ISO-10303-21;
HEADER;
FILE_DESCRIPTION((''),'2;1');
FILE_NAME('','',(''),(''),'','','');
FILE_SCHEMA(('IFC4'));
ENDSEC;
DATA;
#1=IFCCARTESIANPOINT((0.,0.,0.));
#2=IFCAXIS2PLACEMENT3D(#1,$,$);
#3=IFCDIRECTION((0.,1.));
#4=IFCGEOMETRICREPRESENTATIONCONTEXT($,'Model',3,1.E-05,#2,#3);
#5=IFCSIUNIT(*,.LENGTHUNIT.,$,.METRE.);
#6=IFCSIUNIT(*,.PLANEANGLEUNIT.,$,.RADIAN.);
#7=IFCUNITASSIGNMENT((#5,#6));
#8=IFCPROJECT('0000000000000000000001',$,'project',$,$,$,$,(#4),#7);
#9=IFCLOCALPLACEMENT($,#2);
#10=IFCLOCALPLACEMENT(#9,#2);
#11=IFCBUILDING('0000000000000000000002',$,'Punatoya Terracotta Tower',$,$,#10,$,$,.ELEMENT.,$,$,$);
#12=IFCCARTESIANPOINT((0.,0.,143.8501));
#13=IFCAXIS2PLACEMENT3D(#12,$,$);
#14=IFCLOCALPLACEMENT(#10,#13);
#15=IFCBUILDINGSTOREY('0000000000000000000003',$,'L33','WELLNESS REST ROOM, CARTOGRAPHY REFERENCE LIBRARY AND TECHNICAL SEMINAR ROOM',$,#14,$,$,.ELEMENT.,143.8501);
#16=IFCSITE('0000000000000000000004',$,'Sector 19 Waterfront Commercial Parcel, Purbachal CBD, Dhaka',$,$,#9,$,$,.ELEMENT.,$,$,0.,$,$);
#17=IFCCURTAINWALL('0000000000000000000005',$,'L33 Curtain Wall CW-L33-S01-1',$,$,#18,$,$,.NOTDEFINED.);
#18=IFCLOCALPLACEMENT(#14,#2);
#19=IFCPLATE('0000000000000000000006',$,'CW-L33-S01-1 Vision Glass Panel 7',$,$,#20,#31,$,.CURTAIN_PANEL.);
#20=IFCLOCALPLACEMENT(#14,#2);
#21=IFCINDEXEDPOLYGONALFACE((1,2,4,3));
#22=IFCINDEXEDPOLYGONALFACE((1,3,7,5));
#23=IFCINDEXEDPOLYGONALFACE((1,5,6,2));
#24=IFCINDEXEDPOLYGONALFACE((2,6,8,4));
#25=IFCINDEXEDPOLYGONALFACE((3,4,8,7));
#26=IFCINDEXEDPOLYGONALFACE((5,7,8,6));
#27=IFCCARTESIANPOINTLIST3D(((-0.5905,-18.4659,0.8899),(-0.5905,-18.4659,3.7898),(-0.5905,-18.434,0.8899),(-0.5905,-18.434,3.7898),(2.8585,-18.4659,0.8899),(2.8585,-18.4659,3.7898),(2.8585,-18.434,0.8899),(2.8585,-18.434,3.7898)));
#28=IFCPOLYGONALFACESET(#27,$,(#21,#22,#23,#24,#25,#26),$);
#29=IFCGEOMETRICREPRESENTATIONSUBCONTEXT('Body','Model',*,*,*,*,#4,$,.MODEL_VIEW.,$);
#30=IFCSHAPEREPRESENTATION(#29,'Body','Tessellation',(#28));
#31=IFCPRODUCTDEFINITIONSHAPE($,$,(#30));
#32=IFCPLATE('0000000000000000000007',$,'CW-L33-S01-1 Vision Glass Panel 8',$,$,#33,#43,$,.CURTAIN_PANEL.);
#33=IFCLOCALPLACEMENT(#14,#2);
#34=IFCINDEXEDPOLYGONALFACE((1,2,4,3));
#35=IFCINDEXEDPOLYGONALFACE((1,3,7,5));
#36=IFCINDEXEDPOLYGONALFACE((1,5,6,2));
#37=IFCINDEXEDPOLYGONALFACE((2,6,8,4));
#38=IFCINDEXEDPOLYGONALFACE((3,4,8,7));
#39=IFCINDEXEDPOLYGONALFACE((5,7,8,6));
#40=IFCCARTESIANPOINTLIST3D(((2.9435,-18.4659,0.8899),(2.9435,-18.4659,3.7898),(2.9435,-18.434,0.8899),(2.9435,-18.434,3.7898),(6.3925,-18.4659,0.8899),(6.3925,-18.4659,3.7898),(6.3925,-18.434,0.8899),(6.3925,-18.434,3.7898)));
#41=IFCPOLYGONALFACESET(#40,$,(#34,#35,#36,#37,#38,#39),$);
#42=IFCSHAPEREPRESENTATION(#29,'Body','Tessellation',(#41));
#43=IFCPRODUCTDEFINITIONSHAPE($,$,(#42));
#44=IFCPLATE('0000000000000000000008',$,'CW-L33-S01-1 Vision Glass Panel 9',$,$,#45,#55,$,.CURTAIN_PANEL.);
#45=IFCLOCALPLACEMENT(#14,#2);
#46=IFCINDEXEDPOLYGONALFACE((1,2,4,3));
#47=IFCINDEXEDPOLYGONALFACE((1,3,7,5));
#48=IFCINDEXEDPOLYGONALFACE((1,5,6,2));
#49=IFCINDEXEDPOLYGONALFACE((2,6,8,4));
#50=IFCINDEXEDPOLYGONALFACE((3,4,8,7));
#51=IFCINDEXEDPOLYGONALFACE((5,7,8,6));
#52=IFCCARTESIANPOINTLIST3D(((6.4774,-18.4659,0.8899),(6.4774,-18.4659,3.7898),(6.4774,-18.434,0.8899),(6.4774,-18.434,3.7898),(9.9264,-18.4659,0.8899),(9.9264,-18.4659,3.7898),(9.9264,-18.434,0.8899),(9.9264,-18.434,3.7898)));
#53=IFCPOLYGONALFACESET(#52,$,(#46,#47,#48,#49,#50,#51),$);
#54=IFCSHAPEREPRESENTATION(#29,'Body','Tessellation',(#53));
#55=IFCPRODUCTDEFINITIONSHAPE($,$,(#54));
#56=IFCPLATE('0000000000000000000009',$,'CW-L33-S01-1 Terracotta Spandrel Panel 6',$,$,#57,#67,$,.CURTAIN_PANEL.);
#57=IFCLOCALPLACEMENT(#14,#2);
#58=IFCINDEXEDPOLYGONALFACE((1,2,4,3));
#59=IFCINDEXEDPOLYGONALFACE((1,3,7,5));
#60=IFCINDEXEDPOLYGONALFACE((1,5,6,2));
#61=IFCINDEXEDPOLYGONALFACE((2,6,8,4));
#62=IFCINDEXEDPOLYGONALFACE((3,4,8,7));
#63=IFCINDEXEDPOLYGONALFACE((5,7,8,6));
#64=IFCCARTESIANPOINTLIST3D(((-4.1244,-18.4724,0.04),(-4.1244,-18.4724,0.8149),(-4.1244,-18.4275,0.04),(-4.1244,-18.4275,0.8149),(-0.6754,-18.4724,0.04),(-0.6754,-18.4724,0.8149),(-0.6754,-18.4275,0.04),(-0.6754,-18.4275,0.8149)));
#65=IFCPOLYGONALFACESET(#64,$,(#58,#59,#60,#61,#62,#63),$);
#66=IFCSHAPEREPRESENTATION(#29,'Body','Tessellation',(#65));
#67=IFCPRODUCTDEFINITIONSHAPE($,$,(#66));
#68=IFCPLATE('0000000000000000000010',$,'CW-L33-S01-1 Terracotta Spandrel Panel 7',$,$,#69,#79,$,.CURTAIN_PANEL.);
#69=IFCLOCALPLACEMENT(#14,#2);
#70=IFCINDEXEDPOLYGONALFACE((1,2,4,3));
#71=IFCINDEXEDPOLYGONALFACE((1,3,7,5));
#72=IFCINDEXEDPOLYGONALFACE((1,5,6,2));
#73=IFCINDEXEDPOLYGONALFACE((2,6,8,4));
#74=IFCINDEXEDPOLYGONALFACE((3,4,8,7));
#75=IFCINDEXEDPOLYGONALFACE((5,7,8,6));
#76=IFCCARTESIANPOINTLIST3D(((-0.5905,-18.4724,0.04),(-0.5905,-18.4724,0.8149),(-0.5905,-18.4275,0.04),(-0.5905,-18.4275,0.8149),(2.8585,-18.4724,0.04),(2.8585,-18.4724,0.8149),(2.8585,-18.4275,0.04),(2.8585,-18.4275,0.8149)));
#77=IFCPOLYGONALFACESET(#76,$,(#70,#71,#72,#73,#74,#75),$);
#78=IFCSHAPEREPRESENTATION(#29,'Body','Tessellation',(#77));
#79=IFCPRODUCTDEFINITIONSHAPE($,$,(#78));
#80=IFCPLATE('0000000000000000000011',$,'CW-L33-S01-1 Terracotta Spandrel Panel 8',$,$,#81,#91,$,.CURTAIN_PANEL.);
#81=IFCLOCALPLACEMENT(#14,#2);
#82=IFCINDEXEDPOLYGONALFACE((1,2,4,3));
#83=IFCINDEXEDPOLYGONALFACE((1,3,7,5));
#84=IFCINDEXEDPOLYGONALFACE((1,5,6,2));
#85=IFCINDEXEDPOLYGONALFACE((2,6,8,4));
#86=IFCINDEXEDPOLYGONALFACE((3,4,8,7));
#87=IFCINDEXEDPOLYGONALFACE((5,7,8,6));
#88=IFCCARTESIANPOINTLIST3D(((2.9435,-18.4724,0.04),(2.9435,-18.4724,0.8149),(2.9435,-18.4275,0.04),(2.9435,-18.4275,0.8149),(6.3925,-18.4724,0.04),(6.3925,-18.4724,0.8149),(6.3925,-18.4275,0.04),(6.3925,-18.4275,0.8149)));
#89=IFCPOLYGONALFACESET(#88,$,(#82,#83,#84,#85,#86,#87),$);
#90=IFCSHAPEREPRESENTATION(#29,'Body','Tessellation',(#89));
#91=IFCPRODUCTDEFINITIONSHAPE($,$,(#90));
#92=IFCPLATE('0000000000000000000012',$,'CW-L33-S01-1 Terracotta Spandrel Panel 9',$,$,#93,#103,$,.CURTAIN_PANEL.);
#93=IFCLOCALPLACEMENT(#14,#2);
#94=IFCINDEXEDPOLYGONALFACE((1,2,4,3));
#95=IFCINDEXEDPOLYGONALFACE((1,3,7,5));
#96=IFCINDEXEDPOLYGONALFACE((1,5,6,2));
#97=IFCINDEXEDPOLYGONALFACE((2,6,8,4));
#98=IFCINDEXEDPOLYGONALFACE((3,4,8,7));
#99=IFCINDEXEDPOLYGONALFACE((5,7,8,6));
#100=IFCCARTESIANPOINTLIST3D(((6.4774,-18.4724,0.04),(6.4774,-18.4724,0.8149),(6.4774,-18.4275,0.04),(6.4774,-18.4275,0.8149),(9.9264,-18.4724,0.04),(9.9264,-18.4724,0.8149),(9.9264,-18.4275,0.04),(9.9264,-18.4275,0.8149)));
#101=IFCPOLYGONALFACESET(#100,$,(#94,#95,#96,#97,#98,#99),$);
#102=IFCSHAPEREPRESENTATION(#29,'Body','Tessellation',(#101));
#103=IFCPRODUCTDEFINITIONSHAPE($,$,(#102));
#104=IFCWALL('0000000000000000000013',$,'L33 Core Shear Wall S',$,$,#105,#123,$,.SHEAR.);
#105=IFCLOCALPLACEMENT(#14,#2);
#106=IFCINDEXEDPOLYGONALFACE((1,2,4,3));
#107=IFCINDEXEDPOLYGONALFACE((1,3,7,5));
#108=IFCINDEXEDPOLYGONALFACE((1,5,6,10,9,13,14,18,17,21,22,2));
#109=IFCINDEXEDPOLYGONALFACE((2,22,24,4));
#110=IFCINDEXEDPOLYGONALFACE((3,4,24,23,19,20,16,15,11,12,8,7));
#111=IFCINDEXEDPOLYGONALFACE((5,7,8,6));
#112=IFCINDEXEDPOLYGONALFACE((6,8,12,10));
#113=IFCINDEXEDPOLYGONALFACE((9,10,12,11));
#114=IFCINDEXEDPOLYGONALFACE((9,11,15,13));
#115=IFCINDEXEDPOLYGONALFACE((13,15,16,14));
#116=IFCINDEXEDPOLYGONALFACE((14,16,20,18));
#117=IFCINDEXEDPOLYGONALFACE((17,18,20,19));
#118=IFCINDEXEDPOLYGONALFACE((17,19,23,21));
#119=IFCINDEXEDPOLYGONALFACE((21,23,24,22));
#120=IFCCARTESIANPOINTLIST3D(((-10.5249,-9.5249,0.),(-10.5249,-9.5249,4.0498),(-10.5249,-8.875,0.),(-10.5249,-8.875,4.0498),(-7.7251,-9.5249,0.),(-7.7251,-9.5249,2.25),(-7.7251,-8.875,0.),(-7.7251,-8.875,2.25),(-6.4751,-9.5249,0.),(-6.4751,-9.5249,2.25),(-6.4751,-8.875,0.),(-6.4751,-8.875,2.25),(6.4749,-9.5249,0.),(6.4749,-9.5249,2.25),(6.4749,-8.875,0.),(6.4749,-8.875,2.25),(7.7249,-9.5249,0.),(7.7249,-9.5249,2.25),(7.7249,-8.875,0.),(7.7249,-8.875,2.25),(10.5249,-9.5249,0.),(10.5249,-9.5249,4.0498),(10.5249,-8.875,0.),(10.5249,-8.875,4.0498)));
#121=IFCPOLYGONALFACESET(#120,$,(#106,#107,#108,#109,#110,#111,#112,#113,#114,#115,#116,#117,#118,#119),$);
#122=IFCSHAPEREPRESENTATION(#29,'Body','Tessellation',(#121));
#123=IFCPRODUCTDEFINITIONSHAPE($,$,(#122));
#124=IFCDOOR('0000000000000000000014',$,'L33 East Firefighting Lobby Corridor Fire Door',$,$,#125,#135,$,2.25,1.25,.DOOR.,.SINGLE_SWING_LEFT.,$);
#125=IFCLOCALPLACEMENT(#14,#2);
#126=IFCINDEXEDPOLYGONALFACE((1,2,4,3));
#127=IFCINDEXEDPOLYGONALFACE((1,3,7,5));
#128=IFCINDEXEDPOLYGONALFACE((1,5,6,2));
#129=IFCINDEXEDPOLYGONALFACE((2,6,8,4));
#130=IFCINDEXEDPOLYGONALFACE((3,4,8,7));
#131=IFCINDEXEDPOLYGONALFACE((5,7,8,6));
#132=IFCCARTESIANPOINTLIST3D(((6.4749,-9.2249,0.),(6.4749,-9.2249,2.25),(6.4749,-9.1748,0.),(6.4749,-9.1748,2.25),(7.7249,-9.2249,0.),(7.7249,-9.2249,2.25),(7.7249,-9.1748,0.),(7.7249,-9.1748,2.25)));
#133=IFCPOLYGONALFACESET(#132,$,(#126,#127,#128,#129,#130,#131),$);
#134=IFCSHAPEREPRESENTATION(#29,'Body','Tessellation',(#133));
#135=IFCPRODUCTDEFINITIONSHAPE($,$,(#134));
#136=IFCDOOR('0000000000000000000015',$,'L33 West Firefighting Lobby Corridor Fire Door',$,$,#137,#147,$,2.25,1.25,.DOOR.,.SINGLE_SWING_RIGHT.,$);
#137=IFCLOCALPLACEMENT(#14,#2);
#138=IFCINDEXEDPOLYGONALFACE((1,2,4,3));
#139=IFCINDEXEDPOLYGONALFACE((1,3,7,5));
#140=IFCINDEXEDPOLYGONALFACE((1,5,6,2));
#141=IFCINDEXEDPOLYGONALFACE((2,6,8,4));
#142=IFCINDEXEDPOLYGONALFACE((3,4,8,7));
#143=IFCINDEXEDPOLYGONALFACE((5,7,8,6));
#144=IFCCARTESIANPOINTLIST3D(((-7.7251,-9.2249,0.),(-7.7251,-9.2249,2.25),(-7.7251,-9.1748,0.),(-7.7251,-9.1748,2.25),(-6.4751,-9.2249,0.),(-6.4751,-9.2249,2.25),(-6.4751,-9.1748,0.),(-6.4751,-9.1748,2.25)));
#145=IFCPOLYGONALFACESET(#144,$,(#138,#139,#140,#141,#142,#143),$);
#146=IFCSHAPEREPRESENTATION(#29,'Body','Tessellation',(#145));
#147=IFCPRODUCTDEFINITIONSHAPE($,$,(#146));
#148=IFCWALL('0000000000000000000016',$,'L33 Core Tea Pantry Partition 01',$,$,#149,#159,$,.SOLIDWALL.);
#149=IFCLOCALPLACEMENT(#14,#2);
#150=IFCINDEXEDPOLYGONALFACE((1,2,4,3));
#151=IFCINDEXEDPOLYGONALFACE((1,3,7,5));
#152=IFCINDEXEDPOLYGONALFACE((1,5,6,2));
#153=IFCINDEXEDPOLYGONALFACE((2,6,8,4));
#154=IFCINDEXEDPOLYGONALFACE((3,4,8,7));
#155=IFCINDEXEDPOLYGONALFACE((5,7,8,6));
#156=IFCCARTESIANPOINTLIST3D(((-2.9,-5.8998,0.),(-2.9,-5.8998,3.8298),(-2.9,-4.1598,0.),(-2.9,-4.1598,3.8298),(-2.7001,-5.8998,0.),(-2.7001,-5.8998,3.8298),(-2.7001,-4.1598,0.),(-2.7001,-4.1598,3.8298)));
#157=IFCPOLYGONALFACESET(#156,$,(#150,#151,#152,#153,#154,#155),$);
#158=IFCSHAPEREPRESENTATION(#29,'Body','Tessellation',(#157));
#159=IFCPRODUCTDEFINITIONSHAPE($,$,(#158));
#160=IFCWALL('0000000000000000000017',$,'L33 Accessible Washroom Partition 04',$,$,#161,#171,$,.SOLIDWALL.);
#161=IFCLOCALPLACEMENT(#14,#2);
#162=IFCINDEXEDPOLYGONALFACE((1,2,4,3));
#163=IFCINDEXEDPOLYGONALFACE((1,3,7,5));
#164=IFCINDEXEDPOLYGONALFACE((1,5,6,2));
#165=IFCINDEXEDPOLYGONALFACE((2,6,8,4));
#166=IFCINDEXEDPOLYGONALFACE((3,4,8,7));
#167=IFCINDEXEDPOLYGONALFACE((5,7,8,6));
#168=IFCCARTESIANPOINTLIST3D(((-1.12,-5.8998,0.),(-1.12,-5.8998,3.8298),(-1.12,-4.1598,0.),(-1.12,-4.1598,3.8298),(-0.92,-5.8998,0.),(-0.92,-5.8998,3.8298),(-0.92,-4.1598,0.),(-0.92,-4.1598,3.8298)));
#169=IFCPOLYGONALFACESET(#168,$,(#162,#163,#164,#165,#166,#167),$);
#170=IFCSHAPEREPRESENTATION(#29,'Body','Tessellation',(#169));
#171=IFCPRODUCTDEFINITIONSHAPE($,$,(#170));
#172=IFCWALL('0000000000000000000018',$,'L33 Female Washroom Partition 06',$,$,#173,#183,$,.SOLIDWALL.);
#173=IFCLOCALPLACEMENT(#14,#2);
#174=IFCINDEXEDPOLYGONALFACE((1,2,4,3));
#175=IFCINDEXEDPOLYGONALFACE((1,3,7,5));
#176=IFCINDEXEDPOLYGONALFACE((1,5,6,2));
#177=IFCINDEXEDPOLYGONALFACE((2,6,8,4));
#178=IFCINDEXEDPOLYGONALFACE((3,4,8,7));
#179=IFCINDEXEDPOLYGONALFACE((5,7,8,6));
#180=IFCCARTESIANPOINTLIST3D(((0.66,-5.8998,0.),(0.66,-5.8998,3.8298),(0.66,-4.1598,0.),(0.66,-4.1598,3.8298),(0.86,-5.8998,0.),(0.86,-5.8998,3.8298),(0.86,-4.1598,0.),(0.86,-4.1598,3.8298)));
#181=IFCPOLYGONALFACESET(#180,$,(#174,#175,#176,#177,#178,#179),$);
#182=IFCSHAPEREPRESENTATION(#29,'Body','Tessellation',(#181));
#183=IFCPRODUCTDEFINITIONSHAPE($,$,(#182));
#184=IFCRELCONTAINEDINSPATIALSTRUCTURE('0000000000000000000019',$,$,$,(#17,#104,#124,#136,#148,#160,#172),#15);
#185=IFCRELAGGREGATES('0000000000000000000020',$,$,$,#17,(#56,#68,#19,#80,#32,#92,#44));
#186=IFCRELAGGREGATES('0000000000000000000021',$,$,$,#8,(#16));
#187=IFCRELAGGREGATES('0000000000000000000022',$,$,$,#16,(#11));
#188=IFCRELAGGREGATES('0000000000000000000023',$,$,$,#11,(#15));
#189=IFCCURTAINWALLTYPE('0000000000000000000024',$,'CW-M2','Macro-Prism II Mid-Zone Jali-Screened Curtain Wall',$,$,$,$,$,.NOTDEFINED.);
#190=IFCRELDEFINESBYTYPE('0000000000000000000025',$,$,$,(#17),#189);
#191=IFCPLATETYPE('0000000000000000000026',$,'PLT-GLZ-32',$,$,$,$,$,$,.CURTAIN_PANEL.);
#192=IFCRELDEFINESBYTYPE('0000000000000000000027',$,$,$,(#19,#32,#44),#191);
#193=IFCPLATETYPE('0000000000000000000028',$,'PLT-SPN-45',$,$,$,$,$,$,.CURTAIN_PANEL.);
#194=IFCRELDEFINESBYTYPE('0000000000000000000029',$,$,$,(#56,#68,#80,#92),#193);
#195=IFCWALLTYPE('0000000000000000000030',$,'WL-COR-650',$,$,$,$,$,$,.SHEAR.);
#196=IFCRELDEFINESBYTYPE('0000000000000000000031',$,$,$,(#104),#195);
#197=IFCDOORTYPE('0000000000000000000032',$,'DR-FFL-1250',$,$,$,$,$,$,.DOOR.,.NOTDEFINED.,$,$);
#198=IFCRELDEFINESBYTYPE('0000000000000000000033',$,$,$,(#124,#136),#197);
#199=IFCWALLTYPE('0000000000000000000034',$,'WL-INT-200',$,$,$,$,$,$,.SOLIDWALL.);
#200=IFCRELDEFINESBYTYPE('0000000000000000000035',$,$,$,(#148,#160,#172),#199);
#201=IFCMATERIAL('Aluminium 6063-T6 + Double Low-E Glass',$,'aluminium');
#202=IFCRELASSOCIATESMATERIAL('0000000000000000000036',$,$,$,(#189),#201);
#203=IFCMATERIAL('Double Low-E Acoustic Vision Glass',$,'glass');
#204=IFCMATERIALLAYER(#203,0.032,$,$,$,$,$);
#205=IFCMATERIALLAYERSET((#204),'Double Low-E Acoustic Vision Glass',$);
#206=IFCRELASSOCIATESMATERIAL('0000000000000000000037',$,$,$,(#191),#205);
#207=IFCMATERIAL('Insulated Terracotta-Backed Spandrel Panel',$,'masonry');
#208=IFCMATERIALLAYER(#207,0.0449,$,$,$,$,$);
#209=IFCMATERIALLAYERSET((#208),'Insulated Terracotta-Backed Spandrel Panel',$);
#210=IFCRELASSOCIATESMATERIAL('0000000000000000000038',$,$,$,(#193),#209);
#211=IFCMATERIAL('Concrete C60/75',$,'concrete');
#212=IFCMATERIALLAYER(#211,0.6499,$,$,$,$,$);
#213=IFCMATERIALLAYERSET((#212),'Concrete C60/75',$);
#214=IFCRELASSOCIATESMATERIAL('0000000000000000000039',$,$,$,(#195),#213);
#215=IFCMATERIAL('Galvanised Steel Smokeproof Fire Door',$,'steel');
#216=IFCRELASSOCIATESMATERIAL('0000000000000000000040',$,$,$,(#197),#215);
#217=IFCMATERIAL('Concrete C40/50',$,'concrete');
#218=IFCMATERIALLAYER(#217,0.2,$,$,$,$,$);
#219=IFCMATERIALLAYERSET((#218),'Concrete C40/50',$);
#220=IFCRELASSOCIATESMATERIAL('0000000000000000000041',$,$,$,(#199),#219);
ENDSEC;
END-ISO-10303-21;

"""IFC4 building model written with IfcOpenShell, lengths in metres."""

from ifc_helpers import new_model, si_unit, direction, frame, frame_2d, origin, origin_2d, place, context, subcontext, project, spatial, rectangle, extrude, material, layer, layer_set, type_object, element, fill, aggregate, save


model = new_model("IFC4")

# Units and contexts
model_context = context("Model", 3, precision=1e-05, world=origin(), true_north=direction((0.0, 1.0)))
body_context = subcontext(model_context, "Body", "Model", "MODEL_VIEW")
ifc_project = project(units=[si_unit("LENGTHUNIT", "METRE"), si_unit("PLANEANGLEUNIT", "RADIAN")], contexts=[model_context])

# Site, building, storey
site_placement = place(None, origin())
site = spatial("IfcSite", under=ifc_project, at=site_placement, Name="Sector 19 Waterfront Commercial Parcel, Purbachal CBD, Dhaka", CompositionType="ELEMENT", RefElevation=0.0)
building_placement = place(site_placement, origin())
building = spatial("IfcBuilding", under=site, at=building_placement, Name="Punatoya Terracotta Tower", CompositionType="ELEMENT")
storey_placement = place(building_placement, frame((0.0, 0.0, 143.8501)))
storey = spatial("IfcBuildingStorey", under=building, at=storey_placement, Name="L33", Description="WELLNESS REST ROOM, CARTOGRAPHY REFERENCE LIBRARY AND TECHNICAL SEMINAR ROOM", CompositionType="ELEMENT", Elevation=143.8501)

# Curtain wall, plates
ifc_material_1 = material(Name="Aluminium 6063-T6 + Double Low-E Glass", Category="aluminium")
curtain_wall_type = type_object("IfcCurtainWallType", Name="CW-M2", Description="Macro-Prism II Mid-Zone Jali-Screened Curtain Wall", PredefinedType="NOTDEFINED", material=ifc_material_1)
curtain_wall_placement = place(storey_placement, origin())
curtain_wall = element("IfcCurtainWall", 1, at=curtain_wall_placement, inside=storey, type_object=curtain_wall_type, Name="L33 Curtain Wall CW-L33-S01-1", PredefinedType="NOTDEFINED")
ifc_material_2 = material(Name="Double Low-E Acoustic Vision Glass", Category="glass")
ifc_layer_1 = layer(ifc_material_2, 0.032)
ifc_layer_set_1 = layer_set([ifc_layer_1], Name="Double Low-E Acoustic Vision Glass")
plate_type_1 = type_object("IfcPlateType", Name="PLT-GLZ-32", PredefinedType="CURTAIN_PANEL", material=ifc_layer_set_1)
plate_1_placement = place(storey_placement, frame((1.134, -18.45, 0.8899), z_axis=(0.0, 0.0, 1.0), x_axis=(1.0, 0.0, 0.0)))
plate_1 = element("IfcPlate", 2, at=plate_1_placement, type_object=plate_type_1, Name="CW-L33-S01-1 Vision Glass Panel 7", PredefinedType="CURTAIN_PANEL", context=body_context, shape_type="SweptSolid", body=[
    extrude(rectangle(XDim=3.449, YDim=0.032, at=origin_2d()), origin(), (0.0, 0.0, 1.0), 2.8999),
])
plate_2_placement = place(storey_placement, frame((4.668, -18.45, 0.8899), z_axis=(0.0, 0.0, 1.0), x_axis=(1.0, 0.0, 0.0)))
plate_2 = element("IfcPlate", 3, at=plate_2_placement, type_object=plate_type_1, Name="CW-L33-S01-1 Vision Glass Panel 8", PredefinedType="CURTAIN_PANEL", context=body_context, shape_type="SweptSolid", body=[
    extrude(rectangle(XDim=3.449, YDim=0.032, at=origin_2d()), origin(), (0.0, 0.0, 1.0), 2.8999),
])
plate_3_placement = place(storey_placement, frame((8.2019, -18.45, 0.8899), z_axis=(0.0, 0.0, 1.0), x_axis=(1.0, 0.0, 0.0)))
plate_3 = element("IfcPlate", 4, at=plate_3_placement, type_object=plate_type_1, Name="CW-L33-S01-1 Vision Glass Panel 9", PredefinedType="CURTAIN_PANEL", context=body_context, shape_type="SweptSolid", body=[
    extrude(rectangle(XDim=3.449, YDim=0.032, at=origin_2d()), origin(), (0.0, 0.0, 1.0), 2.8999),
])
ifc_material_3 = material(Name="Insulated Terracotta-Backed Spandrel Panel", Category="masonry")
ifc_layer_2 = layer(ifc_material_3, 0.0449)
ifc_layer_set_2 = layer_set([ifc_layer_2], Name="Insulated Terracotta-Backed Spandrel Panel")
plate_type_2 = type_object("IfcPlateType", Name="PLT-SPN-45", PredefinedType="CURTAIN_PANEL", material=ifc_layer_set_2)
plate_4_placement = place(storey_placement, frame((-2.3999, -18.45, 0.04), z_axis=(0.0, 0.0, 1.0), x_axis=(1.0, 0.0, 0.0)))
plate_4 = element("IfcPlate", 5, at=plate_4_placement, type_object=plate_type_2, Name="CW-L33-S01-1 Terracotta Spandrel Panel 6", PredefinedType="CURTAIN_PANEL", context=body_context, shape_type="SweptSolid", body=[
    extrude(rectangle(XDim=3.449, YDim=0.0449, at=origin_2d()), origin(), (0.0, 0.0, 1.0), 0.7749),
])
plate_5_placement = place(storey_placement, frame((1.134, -18.45, 0.04), z_axis=(0.0, 0.0, 1.0), x_axis=(1.0, 0.0, 0.0)))
plate_5 = element("IfcPlate", 6, at=plate_5_placement, type_object=plate_type_2, Name="CW-L33-S01-1 Terracotta Spandrel Panel 7", PredefinedType="CURTAIN_PANEL", context=body_context, shape_type="SweptSolid", body=[
    extrude(rectangle(XDim=3.449, YDim=0.0449, at=origin_2d()), origin(), (0.0, 0.0, 1.0), 0.7749),
])
plate_6_placement = place(storey_placement, frame((4.668, -18.45, 0.04), z_axis=(0.0, 0.0, 1.0), x_axis=(1.0, 0.0, 0.0)))
plate_6 = element("IfcPlate", 7, at=plate_6_placement, type_object=plate_type_2, Name="CW-L33-S01-1 Terracotta Spandrel Panel 8", PredefinedType="CURTAIN_PANEL", context=body_context, shape_type="SweptSolid", body=[
    extrude(rectangle(XDim=3.449, YDim=0.0449, at=origin_2d()), origin(), (0.0, 0.0, 1.0), 0.7749),
])
plate_7_placement = place(storey_placement, frame((8.2019, -18.45, 0.04), z_axis=(0.0, 0.0, 1.0), x_axis=(1.0, 0.0, 0.0)))
plate_7 = element("IfcPlate", 8, at=plate_7_placement, type_object=plate_type_2, Name="CW-L33-S01-1 Terracotta Spandrel Panel 9", PredefinedType="CURTAIN_PANEL", context=body_context, shape_type="SweptSolid", body=[
    extrude(rectangle(XDim=3.449, YDim=0.0449, at=origin_2d()), origin(), (0.0, 0.0, 1.0), 0.7749),
])
aggregate(curtain_wall, [plate_4, plate_5, plate_1, plate_6, plate_2, plate_7, plate_3])

# Wall, openings, doors
ifc_material_4 = material(Name="Concrete C60/75", Category="concrete")
ifc_layer_3 = layer(ifc_material_4, 0.6499)
ifc_layer_set_3 = layer_set([ifc_layer_3], Name="Concrete C60/75")
wall_type_1 = type_object("IfcWallType", Name="WL-COR-650", PredefinedType="SHEAR", material=ifc_layer_set_3)
wall_1_placement = place(storey_placement, frame((10.5249, -9.2, 0.0), z_axis=(0.0, 0.0, 1.0), x_axis=(-1.0, 0.0, 0.0)))
wall_1 = element("IfcWall", 9, at=wall_1_placement, inside=storey, type_object=wall_type_1, Name="L33 Core Shear Wall S", PredefinedType="SHEAR", context=body_context, shape_type="SweptSolid", body=[
    extrude(rectangle(XDim=21.0498, YDim=0.6499, at=frame_2d((10.5249, 0.0))), origin(), (0.0, 0.0, 1.0), 4.0498),
])
opening_1_placement = place(wall_1_placement, frame((2.8, 0.0, 0.0)))
opening_1 = element("IfcOpeningElement", 10, at=opening_1_placement, cuts=wall_1, PredefinedType="OPENING", context=body_context, shape_type="SweptSolid", body=[
    extrude(rectangle(XDim=1.25, YDim=2.25, at=frame_2d((0.625, 1.125))), frame((0.0, 0.335, 0.0), z_axis=(0.0, -1.0, 0.0), x_axis=(1.0, 0.0, 0.0)), (0.0, 0.0, 1.0), 0.6699),
])
opening_2_placement = place(wall_1_placement, frame((17.0, 0.0, 0.0)))
opening_2 = element("IfcOpeningElement", 11, at=opening_2_placement, cuts=wall_1, PredefinedType="OPENING", context=body_context, shape_type="SweptSolid", body=[
    extrude(rectangle(XDim=1.25, YDim=2.25, at=frame_2d((0.625, 1.125))), frame((0.0, 0.335, 0.0), z_axis=(0.0, -1.0, 0.0), x_axis=(1.0, 0.0, 0.0)), (0.0, 0.0, 1.0), 0.6699),
])
ifc_material_5 = material(Name="Galvanised Steel Smokeproof Fire Door", Category="steel")
door_type_1 = type_object("IfcDoorType", Name="DR-FFL-1250", OperationType="NOTDEFINED", PredefinedType="DOOR", material=ifc_material_5)
door_1_placement = place(opening_1_placement, origin())
door_1 = element("IfcDoor", 12, at=door_1_placement, inside=storey, type_object=door_type_1, Name="L33 East Firefighting Lobby Corridor Fire Door", OperationType="SINGLE_SWING_LEFT", OverallHeight=2.25, OverallWidth=1.25, PredefinedType="DOOR", context=body_context, shape_type="SweptSolid", body=[
    extrude(rectangle(XDim=1.25, YDim=2.25, at=frame_2d((0.625, 1.125))), frame((0.0, 0.0249, 0.0), z_axis=(0.0, -1.0, 0.0), x_axis=(1.0, 0.0, 0.0)), (0.0, 0.0, 1.0), 0.05),
])
fill(opening_1, door_1)
door_2_placement = place(opening_2_placement, origin())
door_2 = element("IfcDoor", 13, at=door_2_placement, inside=storey, type_object=door_type_1, Name="L33 West Firefighting Lobby Corridor Fire Door", OperationType="SINGLE_SWING_RIGHT", OverallHeight=2.25, OverallWidth=1.25, PredefinedType="DOOR", context=body_context, shape_type="SweptSolid", body=[
    extrude(rectangle(XDim=1.25, YDim=2.25, at=frame_2d((0.625, 1.125))), frame((0.0, 0.0249, 0.0), z_axis=(0.0, -1.0, 0.0), x_axis=(1.0, 0.0, 0.0)), (0.0, 0.0, 1.0), 0.05),
])
fill(opening_2, door_2)

# Walls
ifc_material_6 = material(Name="Concrete C40/50", Category="concrete")
ifc_layer_4 = layer(ifc_material_6, 0.2)
ifc_layer_set_4 = layer_set([ifc_layer_4], Name="Concrete C40/50")
wall_type_2 = type_object("IfcWallType", Name="WL-INT-200", PredefinedType="SOLIDWALL", material=ifc_layer_set_4)
for number, where, z_axis, x_axis, name in (
    (14, (-2.8, -5.8999, 0.0), (0.0, 0.0, 1.0), (0.0, 1.0, 0.0), "L33 Core Tea Pantry Partition 01"),
    (15, (-1.02, -5.8999, 0.0), (0.0, 0.0, 1.0), (0.0, 1.0, 0.0), "L33 Accessible Washroom Partition 04"),
    (16, (0.76, -5.8999, 0.0), (0.0, 0.0, 1.0), (0.0, 1.0, 0.0), "L33 Female Washroom Partition 06"),
):
    element("IfcWall", number, at=place(storey_placement, frame(where, z_axis=z_axis, x_axis=x_axis)), inside=storey, type_object=wall_type_2, Name=name, PredefinedType="SOLIDWALL", context=body_context, shape_type="SweptSolid", body=[
        extrude(rectangle(XDim=1.74, YDim=0.2, at=frame_2d((0.8701, 0.0))), origin(), (0.0, 0.0, 1.0), 3.8298),
    ])

save(model, "model.ifc")
